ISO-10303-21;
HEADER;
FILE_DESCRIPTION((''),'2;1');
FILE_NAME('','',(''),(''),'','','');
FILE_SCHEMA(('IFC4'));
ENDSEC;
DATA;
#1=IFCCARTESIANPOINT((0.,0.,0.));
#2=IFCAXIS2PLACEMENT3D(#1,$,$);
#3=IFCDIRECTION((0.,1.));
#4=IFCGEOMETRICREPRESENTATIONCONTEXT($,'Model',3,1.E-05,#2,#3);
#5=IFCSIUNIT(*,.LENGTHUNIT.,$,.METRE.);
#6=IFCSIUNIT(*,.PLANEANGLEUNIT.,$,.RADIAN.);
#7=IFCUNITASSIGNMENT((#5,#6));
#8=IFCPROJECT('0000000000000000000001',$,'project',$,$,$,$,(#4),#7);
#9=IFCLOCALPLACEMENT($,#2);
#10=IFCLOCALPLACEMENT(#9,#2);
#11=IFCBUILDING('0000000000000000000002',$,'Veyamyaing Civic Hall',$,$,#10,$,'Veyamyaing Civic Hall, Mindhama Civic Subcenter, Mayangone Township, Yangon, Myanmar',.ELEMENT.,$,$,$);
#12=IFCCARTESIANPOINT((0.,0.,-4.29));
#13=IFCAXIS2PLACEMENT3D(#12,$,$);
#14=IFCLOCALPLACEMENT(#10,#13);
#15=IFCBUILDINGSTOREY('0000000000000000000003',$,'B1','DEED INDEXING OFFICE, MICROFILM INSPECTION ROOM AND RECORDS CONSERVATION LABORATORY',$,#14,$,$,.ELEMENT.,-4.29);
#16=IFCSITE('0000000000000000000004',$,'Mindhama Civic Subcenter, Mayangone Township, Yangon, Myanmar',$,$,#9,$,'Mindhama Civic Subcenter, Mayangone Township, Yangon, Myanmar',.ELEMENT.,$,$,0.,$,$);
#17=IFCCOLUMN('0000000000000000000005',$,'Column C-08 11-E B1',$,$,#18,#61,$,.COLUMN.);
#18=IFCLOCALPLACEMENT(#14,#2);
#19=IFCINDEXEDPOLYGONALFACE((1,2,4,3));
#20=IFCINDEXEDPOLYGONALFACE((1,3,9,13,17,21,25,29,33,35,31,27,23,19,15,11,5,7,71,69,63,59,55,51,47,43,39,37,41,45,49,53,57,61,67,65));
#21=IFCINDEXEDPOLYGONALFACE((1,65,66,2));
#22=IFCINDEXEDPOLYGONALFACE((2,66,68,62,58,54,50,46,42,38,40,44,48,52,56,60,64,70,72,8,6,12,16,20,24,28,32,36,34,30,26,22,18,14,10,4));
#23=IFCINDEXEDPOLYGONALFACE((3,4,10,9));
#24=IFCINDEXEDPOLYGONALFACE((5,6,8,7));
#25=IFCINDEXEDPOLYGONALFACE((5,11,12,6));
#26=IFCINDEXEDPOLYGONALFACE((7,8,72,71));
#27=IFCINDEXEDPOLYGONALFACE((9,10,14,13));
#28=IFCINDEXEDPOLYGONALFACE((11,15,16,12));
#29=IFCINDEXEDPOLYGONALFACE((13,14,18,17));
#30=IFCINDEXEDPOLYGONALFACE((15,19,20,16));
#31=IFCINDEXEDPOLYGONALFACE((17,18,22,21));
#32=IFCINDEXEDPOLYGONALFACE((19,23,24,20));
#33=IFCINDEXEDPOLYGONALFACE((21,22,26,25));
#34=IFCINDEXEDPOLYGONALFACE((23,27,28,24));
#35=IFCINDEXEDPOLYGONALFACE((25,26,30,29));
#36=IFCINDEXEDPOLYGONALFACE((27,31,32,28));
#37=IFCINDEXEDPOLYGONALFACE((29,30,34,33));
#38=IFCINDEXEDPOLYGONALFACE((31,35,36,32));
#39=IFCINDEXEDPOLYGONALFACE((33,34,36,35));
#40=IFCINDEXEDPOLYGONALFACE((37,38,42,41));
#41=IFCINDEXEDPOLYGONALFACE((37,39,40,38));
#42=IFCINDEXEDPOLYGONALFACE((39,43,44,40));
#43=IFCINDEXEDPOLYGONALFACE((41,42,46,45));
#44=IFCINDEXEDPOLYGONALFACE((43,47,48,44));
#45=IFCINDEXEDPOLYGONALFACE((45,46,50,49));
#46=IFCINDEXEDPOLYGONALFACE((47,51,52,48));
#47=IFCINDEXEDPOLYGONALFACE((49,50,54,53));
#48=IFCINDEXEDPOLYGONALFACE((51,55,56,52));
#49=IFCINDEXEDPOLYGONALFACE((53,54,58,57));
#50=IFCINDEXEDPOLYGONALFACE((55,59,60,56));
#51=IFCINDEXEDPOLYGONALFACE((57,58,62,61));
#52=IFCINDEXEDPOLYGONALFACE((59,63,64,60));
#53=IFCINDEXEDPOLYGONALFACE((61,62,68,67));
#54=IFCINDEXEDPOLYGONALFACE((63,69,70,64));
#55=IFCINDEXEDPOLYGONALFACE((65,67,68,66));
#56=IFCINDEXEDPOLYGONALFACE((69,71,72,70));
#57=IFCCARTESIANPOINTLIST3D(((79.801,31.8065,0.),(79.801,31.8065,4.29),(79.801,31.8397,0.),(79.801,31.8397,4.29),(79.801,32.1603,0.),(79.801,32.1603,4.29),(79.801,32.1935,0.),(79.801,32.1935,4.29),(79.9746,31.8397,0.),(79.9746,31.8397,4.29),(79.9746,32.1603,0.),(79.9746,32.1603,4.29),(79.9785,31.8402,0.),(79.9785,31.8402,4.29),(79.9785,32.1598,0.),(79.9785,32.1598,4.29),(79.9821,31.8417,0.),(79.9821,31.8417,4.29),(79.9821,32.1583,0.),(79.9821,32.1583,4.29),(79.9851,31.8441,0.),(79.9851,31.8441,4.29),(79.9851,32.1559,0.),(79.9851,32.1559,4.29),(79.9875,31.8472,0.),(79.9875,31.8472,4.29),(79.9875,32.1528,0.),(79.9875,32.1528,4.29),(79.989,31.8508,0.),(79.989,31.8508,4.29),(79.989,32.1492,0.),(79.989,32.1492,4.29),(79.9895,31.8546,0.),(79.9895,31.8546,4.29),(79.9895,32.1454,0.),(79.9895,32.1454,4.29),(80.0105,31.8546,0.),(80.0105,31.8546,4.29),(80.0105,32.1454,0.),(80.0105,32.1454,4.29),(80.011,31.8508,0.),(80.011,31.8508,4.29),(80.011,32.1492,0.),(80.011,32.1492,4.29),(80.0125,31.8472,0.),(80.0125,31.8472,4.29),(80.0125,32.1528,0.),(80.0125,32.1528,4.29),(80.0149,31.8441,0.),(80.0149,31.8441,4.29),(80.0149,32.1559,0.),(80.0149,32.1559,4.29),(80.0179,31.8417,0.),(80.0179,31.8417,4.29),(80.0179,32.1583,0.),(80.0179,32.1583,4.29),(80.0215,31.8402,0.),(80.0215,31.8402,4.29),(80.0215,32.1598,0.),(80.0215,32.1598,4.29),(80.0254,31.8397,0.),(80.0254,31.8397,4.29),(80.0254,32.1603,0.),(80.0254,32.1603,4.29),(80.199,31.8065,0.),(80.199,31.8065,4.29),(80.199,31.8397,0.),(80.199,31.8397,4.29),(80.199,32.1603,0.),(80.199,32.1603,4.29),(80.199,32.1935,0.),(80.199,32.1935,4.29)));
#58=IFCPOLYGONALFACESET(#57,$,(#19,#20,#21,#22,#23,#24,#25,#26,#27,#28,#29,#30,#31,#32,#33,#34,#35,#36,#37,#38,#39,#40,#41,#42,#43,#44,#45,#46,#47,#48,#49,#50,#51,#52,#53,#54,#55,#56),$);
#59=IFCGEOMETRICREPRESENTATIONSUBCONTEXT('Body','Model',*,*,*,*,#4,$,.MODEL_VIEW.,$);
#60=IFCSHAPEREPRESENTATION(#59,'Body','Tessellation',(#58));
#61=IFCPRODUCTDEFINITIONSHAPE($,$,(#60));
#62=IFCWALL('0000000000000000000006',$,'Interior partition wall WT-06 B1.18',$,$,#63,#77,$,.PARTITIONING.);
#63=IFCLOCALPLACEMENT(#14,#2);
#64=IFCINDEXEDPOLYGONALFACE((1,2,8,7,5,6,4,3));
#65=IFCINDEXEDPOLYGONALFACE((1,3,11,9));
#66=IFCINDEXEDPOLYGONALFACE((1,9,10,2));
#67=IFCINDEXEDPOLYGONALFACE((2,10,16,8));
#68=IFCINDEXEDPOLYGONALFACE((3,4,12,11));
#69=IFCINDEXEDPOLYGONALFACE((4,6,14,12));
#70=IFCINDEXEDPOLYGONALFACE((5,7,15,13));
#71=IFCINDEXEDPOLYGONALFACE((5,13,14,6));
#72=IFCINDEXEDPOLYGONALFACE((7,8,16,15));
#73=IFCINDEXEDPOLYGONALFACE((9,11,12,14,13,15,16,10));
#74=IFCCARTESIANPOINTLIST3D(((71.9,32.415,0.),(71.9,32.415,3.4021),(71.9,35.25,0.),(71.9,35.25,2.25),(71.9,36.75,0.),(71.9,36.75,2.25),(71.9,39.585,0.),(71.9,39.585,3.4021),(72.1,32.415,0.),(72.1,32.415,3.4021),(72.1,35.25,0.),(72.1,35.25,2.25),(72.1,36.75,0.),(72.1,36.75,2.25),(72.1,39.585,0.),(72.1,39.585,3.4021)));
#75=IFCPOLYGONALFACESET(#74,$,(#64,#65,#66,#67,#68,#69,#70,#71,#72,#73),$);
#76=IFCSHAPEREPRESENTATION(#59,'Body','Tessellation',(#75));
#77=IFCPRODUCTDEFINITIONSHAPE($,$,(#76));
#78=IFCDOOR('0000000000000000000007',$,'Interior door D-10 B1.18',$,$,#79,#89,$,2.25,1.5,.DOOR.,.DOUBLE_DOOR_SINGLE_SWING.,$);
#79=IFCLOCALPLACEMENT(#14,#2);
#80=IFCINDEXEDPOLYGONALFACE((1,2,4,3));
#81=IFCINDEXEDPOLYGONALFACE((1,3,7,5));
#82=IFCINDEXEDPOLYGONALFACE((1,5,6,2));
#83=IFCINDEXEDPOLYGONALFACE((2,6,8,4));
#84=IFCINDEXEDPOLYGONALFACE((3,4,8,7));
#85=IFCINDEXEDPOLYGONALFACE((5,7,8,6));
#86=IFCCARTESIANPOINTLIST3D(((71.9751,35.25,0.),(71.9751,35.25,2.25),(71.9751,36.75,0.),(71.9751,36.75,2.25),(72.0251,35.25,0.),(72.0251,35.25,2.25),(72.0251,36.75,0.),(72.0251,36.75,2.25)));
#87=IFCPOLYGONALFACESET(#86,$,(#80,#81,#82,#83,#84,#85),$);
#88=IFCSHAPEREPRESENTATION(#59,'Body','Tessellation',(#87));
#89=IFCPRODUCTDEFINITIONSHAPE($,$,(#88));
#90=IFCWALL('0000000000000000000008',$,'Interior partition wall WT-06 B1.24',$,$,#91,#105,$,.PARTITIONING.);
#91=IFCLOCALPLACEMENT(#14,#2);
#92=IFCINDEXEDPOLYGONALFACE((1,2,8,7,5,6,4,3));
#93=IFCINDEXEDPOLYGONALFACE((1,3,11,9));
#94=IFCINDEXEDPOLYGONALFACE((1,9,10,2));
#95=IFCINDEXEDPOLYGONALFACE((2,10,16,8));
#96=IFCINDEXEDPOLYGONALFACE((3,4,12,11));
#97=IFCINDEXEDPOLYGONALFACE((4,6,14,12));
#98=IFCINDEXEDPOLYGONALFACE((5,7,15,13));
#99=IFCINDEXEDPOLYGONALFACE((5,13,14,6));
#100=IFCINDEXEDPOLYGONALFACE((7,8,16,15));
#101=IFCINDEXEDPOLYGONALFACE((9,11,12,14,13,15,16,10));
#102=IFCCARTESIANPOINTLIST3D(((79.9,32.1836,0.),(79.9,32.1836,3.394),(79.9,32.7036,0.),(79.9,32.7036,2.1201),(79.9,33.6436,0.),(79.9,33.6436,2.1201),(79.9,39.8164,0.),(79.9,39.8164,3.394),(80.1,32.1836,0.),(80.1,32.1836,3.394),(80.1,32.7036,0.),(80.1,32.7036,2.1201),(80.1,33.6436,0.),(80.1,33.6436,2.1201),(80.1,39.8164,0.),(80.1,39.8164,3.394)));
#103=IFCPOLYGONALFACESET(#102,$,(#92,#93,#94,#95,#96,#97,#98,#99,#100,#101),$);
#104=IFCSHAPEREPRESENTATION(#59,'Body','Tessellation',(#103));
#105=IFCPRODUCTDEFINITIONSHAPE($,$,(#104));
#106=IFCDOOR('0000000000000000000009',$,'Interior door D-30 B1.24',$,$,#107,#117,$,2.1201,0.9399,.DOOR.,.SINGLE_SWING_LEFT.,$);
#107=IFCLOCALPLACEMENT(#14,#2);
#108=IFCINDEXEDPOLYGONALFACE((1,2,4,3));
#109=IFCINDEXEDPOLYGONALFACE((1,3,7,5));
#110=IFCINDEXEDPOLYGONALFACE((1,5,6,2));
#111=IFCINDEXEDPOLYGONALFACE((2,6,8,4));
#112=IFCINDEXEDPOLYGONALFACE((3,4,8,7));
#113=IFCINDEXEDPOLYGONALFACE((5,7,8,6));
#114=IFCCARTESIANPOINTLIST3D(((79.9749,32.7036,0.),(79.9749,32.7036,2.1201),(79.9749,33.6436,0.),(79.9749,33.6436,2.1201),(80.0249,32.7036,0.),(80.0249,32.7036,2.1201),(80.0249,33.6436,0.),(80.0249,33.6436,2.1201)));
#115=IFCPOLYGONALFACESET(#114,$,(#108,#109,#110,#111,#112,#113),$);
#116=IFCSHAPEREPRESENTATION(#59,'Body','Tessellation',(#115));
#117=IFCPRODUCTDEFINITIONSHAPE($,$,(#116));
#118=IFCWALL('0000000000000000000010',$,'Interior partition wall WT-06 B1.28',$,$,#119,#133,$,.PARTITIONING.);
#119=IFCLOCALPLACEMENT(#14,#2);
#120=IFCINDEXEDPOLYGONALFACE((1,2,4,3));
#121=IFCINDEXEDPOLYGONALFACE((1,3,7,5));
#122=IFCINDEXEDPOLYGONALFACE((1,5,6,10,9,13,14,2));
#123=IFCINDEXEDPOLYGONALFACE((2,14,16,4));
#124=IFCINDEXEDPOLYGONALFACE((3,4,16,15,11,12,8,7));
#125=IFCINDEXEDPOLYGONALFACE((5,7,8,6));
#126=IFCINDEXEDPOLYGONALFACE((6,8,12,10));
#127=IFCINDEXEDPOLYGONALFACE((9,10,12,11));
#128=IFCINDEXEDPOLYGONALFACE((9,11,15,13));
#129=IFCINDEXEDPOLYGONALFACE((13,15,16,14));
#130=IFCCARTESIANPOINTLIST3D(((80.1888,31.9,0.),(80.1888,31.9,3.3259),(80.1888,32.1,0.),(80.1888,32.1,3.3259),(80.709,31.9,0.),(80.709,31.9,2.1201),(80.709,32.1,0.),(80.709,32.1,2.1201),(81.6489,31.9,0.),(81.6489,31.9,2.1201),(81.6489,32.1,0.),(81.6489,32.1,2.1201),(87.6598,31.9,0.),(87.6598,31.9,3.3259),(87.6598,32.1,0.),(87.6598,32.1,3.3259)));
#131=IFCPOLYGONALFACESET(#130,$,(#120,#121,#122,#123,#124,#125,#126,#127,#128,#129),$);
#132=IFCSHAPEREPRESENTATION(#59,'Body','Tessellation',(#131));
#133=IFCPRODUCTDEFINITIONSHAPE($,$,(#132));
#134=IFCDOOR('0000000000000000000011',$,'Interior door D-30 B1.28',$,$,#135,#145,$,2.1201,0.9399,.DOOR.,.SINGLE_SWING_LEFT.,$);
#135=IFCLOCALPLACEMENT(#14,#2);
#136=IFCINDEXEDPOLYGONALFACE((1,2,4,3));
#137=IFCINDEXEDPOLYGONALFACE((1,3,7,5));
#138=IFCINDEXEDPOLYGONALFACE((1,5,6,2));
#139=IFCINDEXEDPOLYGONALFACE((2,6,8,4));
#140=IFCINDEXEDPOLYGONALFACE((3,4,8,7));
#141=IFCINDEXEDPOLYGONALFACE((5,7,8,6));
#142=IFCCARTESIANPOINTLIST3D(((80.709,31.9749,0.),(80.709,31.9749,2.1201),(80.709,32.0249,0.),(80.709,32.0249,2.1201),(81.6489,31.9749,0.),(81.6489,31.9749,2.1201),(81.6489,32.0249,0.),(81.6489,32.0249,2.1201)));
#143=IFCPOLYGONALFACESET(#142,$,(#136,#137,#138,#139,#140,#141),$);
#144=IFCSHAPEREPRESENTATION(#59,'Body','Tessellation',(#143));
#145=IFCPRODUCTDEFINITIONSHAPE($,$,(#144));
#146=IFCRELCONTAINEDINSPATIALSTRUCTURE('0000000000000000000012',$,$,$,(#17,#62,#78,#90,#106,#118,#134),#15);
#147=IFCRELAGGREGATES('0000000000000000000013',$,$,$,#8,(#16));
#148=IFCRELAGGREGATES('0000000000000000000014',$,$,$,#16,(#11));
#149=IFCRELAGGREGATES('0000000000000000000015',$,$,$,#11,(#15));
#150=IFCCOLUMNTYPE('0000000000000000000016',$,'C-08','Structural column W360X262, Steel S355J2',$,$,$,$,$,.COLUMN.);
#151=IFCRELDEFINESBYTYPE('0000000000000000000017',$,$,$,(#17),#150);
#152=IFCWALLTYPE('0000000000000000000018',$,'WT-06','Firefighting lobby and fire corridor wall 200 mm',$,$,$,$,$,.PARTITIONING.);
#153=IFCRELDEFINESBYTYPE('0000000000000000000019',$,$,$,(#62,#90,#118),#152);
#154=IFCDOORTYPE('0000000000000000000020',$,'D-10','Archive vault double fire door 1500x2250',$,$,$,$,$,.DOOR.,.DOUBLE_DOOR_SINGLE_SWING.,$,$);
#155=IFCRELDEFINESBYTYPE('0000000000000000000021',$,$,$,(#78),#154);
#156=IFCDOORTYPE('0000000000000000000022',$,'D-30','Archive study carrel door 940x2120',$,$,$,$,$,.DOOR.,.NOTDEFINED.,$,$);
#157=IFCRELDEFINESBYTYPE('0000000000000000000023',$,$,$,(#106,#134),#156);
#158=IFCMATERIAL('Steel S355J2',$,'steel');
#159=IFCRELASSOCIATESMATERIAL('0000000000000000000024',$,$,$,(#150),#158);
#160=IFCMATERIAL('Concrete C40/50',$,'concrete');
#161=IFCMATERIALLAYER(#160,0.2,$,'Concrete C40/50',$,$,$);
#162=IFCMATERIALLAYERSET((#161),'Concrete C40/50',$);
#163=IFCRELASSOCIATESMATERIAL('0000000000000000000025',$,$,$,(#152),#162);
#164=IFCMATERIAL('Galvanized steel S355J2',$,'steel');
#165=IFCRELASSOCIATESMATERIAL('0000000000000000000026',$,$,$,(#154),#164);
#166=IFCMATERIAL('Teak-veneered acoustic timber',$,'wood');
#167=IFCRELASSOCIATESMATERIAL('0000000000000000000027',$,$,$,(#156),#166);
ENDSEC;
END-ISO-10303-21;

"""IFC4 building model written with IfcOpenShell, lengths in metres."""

from ifc_helpers import new_model, si_unit, direction, frame, frame_2d, origin, origin_2d, place, context, subcontext, project, spatial, rectangle, i_section, extrude, material, layer, layer_set, material_profile, profile_set, type_object, element, fill, save


model = new_model("IFC4")

# Units and contexts
model_context = context("Model", 3, precision=1e-05, world=origin(), true_north=direction((0.0, 1.0)))
body_context = subcontext(model_context, "Body", "Model", "MODEL_VIEW")
ifc_project = project(units=[si_unit("LENGTHUNIT", "METRE"), si_unit("PLANEANGLEUNIT", "RADIAN")], contexts=[model_context])

# Site, building, storey
site_placement = place(None, origin())
site = spatial("IfcSite", under=ifc_project, at=site_placement, Name="Mindhama Civic Subcenter, Mayangone Township, Yangon, Myanmar", LongName="Mindhama Civic Subcenter, Mayangone Township, Yangon, Myanmar", CompositionType="ELEMENT", RefElevation=0.0)
building_placement = place(site_placement, origin())
building = spatial("IfcBuilding", under=site, at=building_placement, Name="Veyamyaing Civic Hall", LongName="Veyamyaing Civic Hall, Mindhama Civic Subcenter, Mayangone Township, Yangon, Myanmar", CompositionType="ELEMENT")
storey_placement = place(building_placement, frame((0.0, 0.0, -4.29)))
storey = spatial("IfcBuildingStorey", under=building, at=storey_placement, Name="B1", Description="DEED INDEXING OFFICE, MICROFILM INSPECTION ROOM AND RECORDS CONSERVATION LABORATORY", CompositionType="ELEMENT", Elevation=-4.29)

# Shared definitions
ifc_material_1 = material(Name="Concrete C40/50", Category="concrete")

# Column
ifc_material_2 = material(Name="Steel S355J2", Category="steel")
ifc_material_profile_1 = material_profile(ifc_material_2, i_section(OverallWidth=0.3979, OverallDepth=0.387, WebThickness=0.021, FlangeThickness=0.0332, FilletRadius=0.0149, at=origin_2d()), Name="W360X262")
ifc_profile_set_1 = profile_set([ifc_material_profile_1], Name="Steel S355J2")
column_type_1 = type_object("IfcColumnType", Name="C-08", Description="Structural column W360X262, Steel S355J2", PredefinedType="COLUMN", material=ifc_profile_set_1)
column_1_placement = place(storey_placement, frame((80.0, 32.0, 0.0), z_axis=(0.0, 0.0, 1.0), x_axis=(1.0, 0.0, 0.0)))
element("IfcColumn", 1, at=column_1_placement, inside=storey, type_object=column_type_1, Name="Column C-08 11-E B1", PredefinedType="COLUMN", context=body_context, shape_type="SweptSolid", body=[
    extrude(i_section(OverallWidth=0.3979, OverallDepth=0.387, WebThickness=0.021, FlangeThickness=0.0332, FilletRadius=0.0149, at=origin_2d()), origin(), (0.0, 0.0, 1.0), 4.29),
])

# Walls, openings, doors
ifc_layer_1 = layer(ifc_material_1, 0.2, Name="Concrete C40/50")
ifc_layer_set_1 = layer_set([ifc_layer_1], Name="Concrete C40/50")
wall_type_1 = type_object("IfcWallType", Name="WT-06", Description="Firefighting lobby and fire corridor wall 200 mm", PredefinedType="PARTITIONING", material=ifc_layer_set_1)
wall_1_placement = place(storey_placement, frame((72.0, 32.415, 0.0), z_axis=(0.0, 0.0, 1.0), x_axis=(0.0, 1.0, 0.0)))
wall_1 = element("IfcWall", 2, at=wall_1_placement, inside=storey, type_object=wall_type_1, Name="Interior partition wall WT-06 B1.18", PredefinedType="PARTITIONING", context=body_context, shape_type="SweptSolid", body=[
    extrude(rectangle(XDim=7.1699, YDim=0.2, at=frame_2d((3.585, 0.0))), origin(), (0.0, 0.0, 1.0), 3.4021),
])
opening_1_placement = place(wall_1_placement, frame((2.835, 0.0, 0.0)))
opening_1 = element("IfcOpeningElement", 3, at=opening_1_placement, cuts=wall_1, PredefinedType="OPENING", context=body_context, shape_type="SweptSolid", body=[
    extrude(rectangle(XDim=1.5, YDim=2.25, at=frame_2d((0.75, 1.125))), frame((0.0, 0.1099, 0.0), z_axis=(0.0, -1.0, 0.0), x_axis=(1.0, 0.0, 0.0)), (0.0, 0.0, 1.0), 0.22),
])
ifc_material_3 = material(Name="Galvanized steel S355J2", Category="steel")
door_type_1 = type_object("IfcDoorType", Name="D-10", Description="Archive vault double fire door 1500x2250", OperationType="DOUBLE_DOOR_SINGLE_SWING", PredefinedType="DOOR", material=ifc_material_3)
door_1_placement = place(opening_1_placement, origin())
door_1 = element("IfcDoor", 4, at=door_1_placement, inside=storey, type_object=door_type_1, Name="Interior door D-10 B1.18", OperationType="DOUBLE_DOOR_SINGLE_SWING", OverallHeight=2.25, OverallWidth=1.5, PredefinedType="DOOR", context=body_context, shape_type="SweptSolid", body=[
    extrude(rectangle(XDim=1.5, YDim=2.25, at=frame_2d((0.75, 1.125))), frame((0.0, 0.0249, 0.0), z_axis=(0.0, -1.0, 0.0), x_axis=(1.0, 0.0, 0.0)), (0.0, 0.0, 1.0), 0.05),
])
fill(opening_1, door_1)
wall_2_placement = place(storey_placement, frame((80.0, 32.1836, 0.0), z_axis=(0.0, 0.0, 1.0), x_axis=(0.0, 1.0, 0.0)))
wall_2 = element("IfcWall", 5, at=wall_2_placement, inside=storey, type_object=wall_type_1, Name="Interior partition wall WT-06 B1.24", PredefinedType="PARTITIONING", context=body_context, shape_type="SweptSolid", body=[
    extrude(rectangle(XDim=7.6328, YDim=0.2, at=frame_2d((3.8164, 0.0))), origin(), (0.0, 0.0, 1.0), 3.394),
])
opening_2_placement = place(wall_2_placement, frame((0.52, 0.0, 0.0)))
opening_2 = element("IfcOpeningElement", 6, at=opening_2_placement, cuts=wall_2, PredefinedType="OPENING", context=body_context, shape_type="SweptSolid", body=[
    extrude(rectangle(XDim=0.9399, YDim=2.1201, at=frame_2d((0.47, 1.0601))), frame((0.0, 0.1099, 0.0), z_axis=(0.0, -1.0, 0.0), x_axis=(1.0, 0.0, 0.0)), (0.0, 0.0, 1.0), 0.22),
])
ifc_material_4 = material(Name="Teak-veneered acoustic timber", Category="wood")
door_type_2 = type_object("IfcDoorType", Name="D-30", Description="Archive study carrel door 940x2120", OperationType="NOTDEFINED", PredefinedType="DOOR", material=ifc_material_4)
door_2_placement = place(opening_2_placement, frame((0.9399, 0.0, 0.0), z_axis=(0.0, 0.0, 1.0), x_axis=(-1.0, 0.0, 0.0)))
door_2 = element("IfcDoor", 7, at=door_2_placement, inside=storey, type_object=door_type_2, Name="Interior door D-30 B1.24", OperationType="SINGLE_SWING_LEFT", OverallHeight=2.1201, OverallWidth=0.9399, PredefinedType="DOOR", context=body_context, shape_type="SweptSolid", body=[
    extrude(rectangle(XDim=0.9399, YDim=2.1201, at=frame_2d((0.47, 1.0601))), frame((0.0, 0.0249, 0.0), z_axis=(0.0, -1.0, 0.0), x_axis=(1.0, 0.0, 0.0)), (0.0, 0.0, 1.0), 0.05),
])
fill(opening_2, door_2)
wall_3_placement = place(storey_placement, frame((80.189, 32.0, 0.0), z_axis=(0.0, 0.0, 1.0), x_axis=(1.0, 0.0, 0.0)))
wall_3 = element("IfcWall", 8, at=wall_3_placement, inside=storey, type_object=wall_type_1, Name="Interior partition wall WT-06 B1.28", PredefinedType="PARTITIONING", context=body_context, shape_type="SweptSolid", body=[
    extrude(rectangle(XDim=7.4709, YDim=0.2, at=frame_2d((3.7354, 0.0))), origin(), (0.0, 0.0, 1.0), 3.3259),
])
opening_3_placement = place(wall_3_placement, frame((0.52, 0.0, 0.0)))
opening_3 = element("IfcOpeningElement", 9, at=opening_3_placement, cuts=wall_3, PredefinedType="OPENING", context=body_context, shape_type="SweptSolid", body=[
    extrude(rectangle(XDim=0.9399, YDim=2.1201, at=frame_2d((0.47, 1.0601))), frame((0.0, 0.1099, 0.0), z_axis=(0.0, -1.0, 0.0), x_axis=(1.0, 0.0, 0.0)), (0.0, 0.0, 1.0), 0.22),
])
door_3_placement = place(opening_3_placement, origin())
door_3 = element("IfcDoor", 10, at=door_3_placement, inside=storey, type_object=door_type_2, Name="Interior door D-30 B1.28", OperationType="SINGLE_SWING_LEFT", OverallHeight=2.1201, OverallWidth=0.9399, PredefinedType="DOOR", context=body_context, shape_type="SweptSolid", body=[
    extrude(rectangle(XDim=0.9399, YDim=2.1201, at=frame_2d((0.47, 1.0601))), frame((0.0, 0.0249, 0.0), z_axis=(0.0, -1.0, 0.0), x_axis=(1.0, 0.0, 0.0)), (0.0, 0.0, 1.0), 0.05),
])
fill(opening_3, door_3)

save(model, "model.ifc")
